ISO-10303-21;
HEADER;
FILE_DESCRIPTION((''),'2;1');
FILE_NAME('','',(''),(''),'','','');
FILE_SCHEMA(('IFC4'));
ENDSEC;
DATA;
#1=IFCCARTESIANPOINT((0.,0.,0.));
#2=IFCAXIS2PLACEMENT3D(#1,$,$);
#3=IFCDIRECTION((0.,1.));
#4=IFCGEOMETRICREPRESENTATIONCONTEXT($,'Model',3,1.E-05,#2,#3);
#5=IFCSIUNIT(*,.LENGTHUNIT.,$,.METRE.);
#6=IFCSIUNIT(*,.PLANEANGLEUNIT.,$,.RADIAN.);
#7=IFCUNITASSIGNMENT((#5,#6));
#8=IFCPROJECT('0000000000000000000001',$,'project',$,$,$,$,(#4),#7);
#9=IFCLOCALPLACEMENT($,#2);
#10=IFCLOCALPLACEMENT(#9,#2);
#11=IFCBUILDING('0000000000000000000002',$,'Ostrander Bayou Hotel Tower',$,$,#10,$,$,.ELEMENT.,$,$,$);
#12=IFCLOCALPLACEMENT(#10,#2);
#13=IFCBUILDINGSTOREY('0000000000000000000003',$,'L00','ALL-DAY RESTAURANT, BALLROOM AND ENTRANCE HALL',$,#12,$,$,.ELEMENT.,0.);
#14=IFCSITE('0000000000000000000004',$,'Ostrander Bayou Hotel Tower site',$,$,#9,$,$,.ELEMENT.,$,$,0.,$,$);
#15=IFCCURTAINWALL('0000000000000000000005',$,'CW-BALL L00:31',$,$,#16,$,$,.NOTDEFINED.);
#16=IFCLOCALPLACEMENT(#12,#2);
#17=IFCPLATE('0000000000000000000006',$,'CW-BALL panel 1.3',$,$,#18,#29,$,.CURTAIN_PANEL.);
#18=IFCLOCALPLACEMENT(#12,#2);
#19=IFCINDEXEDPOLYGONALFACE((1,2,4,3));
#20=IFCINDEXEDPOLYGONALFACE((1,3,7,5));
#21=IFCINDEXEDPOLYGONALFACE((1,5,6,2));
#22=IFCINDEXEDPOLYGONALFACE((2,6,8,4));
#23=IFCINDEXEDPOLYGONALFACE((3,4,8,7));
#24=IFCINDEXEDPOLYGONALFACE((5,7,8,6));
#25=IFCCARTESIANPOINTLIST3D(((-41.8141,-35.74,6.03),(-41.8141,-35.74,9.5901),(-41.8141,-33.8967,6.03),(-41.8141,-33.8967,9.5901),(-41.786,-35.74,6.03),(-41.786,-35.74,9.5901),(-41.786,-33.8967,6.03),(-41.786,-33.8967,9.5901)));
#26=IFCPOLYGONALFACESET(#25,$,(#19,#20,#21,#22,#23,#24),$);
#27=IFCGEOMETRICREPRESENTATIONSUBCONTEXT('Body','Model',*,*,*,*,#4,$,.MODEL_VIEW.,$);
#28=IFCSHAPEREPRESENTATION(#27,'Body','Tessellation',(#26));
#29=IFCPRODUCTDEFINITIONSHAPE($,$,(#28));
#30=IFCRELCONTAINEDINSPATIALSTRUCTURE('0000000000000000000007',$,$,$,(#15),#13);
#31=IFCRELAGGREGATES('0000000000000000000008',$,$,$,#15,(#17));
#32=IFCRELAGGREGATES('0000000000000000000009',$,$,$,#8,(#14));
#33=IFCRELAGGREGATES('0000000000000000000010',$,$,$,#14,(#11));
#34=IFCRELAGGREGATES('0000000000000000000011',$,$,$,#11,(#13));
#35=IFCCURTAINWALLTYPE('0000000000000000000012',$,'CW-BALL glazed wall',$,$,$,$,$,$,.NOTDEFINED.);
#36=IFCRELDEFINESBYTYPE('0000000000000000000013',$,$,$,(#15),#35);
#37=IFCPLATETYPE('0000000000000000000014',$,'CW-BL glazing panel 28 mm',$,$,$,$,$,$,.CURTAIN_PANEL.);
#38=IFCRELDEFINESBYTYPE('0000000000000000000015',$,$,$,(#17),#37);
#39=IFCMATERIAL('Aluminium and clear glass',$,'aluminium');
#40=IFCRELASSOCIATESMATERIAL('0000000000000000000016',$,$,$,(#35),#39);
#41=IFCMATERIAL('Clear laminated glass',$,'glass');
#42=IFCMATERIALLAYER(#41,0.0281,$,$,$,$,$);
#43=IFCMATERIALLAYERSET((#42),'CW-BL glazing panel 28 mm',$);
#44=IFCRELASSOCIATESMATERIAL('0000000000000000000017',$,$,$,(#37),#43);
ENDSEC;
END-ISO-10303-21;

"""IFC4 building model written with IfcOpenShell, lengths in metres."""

from ifc_helpers import new_model, si_unit, direction, frame, origin, origin_2d, place, context, subcontext, project, spatial, rectangle, extrude, material, layer, layer_set, type_object, element, aggregate, save


model = new_model("IFC4")

# Units and contexts
model_context = context("Model", 3, precision=1e-05, world=origin(), true_north=direction((0.0, 1.0)))
body_context = subcontext(model_context, "Body", "Model", "MODEL_VIEW")
ifc_project = project(units=[si_unit("LENGTHUNIT", "METRE"), si_unit("PLANEANGLEUNIT", "RADIAN")], contexts=[model_context])

# Site, building, storey
site_placement = place(None, origin())
site = spatial("IfcSite", under=ifc_project, at=site_placement, Name="Ostrander Bayou Hotel Tower site", CompositionType="ELEMENT", RefElevation=0.0)
building_placement = place(site_placement, origin())
building = spatial("IfcBuilding", under=site, at=building_placement, Name="Ostrander Bayou Hotel Tower", CompositionType="ELEMENT")
storey_placement = place(building_placement, origin())
storey = spatial("IfcBuildingStorey", under=building, at=storey_placement, Name="L00", Description="ALL-DAY RESTAURANT, BALLROOM AND ENTRANCE HALL", CompositionType="ELEMENT", Elevation=0.0)

# Shared definitions
ifc_material_1 = material(Name="Aluminium and clear glass", Category="aluminium")
curtain_wall_type = type_object("IfcCurtainWallType", Name="CW-BALL glazed wall", PredefinedType="NOTDEFINED", material=ifc_material_1)

# Curtain wall
curtain_wall_1_placement = place(storey_placement, origin())
curtain_wall_1 = element("IfcCurtainWall", 1, at=curtain_wall_1_placement, inside=storey, type_object=curtain_wall_type, Name="CW-BALL L00:31", PredefinedType="NOTDEFINED")

# Plate
ifc_material_2 = material(Name="Clear laminated glass", Category="glass")
ifc_layer = layer(ifc_material_2, 0.0281)
ifc_layer_set = layer_set([ifc_layer], Name="CW-BL glazing panel 28 mm")
plate_type = type_object("IfcPlateType", Name="CW-BL glazing panel 28 mm", PredefinedType="CURTAIN_PANEL", material=ifc_layer_set)
plate_1_placement = place(storey_placement, frame((-41.8, -34.8184, 6.03), z_axis=(0.0, 0.0, 1.0), x_axis=(0.0, 1.0, 0.0)))
plate_1 = element("IfcPlate", 2, at=plate_1_placement, type_object=plate_type, Name="CW-BALL panel 1.3", PredefinedType="CURTAIN_PANEL", context=body_context, shape_type="SweptSolid", body=[
    extrude(rectangle(XDim=1.8433, YDim=0.0281, at=origin_2d()), origin(), (0.0, 0.0, 1.0), 3.5601),
])
aggregate(curtain_wall_1, [plate_1])

save(model, "model.ifc")
